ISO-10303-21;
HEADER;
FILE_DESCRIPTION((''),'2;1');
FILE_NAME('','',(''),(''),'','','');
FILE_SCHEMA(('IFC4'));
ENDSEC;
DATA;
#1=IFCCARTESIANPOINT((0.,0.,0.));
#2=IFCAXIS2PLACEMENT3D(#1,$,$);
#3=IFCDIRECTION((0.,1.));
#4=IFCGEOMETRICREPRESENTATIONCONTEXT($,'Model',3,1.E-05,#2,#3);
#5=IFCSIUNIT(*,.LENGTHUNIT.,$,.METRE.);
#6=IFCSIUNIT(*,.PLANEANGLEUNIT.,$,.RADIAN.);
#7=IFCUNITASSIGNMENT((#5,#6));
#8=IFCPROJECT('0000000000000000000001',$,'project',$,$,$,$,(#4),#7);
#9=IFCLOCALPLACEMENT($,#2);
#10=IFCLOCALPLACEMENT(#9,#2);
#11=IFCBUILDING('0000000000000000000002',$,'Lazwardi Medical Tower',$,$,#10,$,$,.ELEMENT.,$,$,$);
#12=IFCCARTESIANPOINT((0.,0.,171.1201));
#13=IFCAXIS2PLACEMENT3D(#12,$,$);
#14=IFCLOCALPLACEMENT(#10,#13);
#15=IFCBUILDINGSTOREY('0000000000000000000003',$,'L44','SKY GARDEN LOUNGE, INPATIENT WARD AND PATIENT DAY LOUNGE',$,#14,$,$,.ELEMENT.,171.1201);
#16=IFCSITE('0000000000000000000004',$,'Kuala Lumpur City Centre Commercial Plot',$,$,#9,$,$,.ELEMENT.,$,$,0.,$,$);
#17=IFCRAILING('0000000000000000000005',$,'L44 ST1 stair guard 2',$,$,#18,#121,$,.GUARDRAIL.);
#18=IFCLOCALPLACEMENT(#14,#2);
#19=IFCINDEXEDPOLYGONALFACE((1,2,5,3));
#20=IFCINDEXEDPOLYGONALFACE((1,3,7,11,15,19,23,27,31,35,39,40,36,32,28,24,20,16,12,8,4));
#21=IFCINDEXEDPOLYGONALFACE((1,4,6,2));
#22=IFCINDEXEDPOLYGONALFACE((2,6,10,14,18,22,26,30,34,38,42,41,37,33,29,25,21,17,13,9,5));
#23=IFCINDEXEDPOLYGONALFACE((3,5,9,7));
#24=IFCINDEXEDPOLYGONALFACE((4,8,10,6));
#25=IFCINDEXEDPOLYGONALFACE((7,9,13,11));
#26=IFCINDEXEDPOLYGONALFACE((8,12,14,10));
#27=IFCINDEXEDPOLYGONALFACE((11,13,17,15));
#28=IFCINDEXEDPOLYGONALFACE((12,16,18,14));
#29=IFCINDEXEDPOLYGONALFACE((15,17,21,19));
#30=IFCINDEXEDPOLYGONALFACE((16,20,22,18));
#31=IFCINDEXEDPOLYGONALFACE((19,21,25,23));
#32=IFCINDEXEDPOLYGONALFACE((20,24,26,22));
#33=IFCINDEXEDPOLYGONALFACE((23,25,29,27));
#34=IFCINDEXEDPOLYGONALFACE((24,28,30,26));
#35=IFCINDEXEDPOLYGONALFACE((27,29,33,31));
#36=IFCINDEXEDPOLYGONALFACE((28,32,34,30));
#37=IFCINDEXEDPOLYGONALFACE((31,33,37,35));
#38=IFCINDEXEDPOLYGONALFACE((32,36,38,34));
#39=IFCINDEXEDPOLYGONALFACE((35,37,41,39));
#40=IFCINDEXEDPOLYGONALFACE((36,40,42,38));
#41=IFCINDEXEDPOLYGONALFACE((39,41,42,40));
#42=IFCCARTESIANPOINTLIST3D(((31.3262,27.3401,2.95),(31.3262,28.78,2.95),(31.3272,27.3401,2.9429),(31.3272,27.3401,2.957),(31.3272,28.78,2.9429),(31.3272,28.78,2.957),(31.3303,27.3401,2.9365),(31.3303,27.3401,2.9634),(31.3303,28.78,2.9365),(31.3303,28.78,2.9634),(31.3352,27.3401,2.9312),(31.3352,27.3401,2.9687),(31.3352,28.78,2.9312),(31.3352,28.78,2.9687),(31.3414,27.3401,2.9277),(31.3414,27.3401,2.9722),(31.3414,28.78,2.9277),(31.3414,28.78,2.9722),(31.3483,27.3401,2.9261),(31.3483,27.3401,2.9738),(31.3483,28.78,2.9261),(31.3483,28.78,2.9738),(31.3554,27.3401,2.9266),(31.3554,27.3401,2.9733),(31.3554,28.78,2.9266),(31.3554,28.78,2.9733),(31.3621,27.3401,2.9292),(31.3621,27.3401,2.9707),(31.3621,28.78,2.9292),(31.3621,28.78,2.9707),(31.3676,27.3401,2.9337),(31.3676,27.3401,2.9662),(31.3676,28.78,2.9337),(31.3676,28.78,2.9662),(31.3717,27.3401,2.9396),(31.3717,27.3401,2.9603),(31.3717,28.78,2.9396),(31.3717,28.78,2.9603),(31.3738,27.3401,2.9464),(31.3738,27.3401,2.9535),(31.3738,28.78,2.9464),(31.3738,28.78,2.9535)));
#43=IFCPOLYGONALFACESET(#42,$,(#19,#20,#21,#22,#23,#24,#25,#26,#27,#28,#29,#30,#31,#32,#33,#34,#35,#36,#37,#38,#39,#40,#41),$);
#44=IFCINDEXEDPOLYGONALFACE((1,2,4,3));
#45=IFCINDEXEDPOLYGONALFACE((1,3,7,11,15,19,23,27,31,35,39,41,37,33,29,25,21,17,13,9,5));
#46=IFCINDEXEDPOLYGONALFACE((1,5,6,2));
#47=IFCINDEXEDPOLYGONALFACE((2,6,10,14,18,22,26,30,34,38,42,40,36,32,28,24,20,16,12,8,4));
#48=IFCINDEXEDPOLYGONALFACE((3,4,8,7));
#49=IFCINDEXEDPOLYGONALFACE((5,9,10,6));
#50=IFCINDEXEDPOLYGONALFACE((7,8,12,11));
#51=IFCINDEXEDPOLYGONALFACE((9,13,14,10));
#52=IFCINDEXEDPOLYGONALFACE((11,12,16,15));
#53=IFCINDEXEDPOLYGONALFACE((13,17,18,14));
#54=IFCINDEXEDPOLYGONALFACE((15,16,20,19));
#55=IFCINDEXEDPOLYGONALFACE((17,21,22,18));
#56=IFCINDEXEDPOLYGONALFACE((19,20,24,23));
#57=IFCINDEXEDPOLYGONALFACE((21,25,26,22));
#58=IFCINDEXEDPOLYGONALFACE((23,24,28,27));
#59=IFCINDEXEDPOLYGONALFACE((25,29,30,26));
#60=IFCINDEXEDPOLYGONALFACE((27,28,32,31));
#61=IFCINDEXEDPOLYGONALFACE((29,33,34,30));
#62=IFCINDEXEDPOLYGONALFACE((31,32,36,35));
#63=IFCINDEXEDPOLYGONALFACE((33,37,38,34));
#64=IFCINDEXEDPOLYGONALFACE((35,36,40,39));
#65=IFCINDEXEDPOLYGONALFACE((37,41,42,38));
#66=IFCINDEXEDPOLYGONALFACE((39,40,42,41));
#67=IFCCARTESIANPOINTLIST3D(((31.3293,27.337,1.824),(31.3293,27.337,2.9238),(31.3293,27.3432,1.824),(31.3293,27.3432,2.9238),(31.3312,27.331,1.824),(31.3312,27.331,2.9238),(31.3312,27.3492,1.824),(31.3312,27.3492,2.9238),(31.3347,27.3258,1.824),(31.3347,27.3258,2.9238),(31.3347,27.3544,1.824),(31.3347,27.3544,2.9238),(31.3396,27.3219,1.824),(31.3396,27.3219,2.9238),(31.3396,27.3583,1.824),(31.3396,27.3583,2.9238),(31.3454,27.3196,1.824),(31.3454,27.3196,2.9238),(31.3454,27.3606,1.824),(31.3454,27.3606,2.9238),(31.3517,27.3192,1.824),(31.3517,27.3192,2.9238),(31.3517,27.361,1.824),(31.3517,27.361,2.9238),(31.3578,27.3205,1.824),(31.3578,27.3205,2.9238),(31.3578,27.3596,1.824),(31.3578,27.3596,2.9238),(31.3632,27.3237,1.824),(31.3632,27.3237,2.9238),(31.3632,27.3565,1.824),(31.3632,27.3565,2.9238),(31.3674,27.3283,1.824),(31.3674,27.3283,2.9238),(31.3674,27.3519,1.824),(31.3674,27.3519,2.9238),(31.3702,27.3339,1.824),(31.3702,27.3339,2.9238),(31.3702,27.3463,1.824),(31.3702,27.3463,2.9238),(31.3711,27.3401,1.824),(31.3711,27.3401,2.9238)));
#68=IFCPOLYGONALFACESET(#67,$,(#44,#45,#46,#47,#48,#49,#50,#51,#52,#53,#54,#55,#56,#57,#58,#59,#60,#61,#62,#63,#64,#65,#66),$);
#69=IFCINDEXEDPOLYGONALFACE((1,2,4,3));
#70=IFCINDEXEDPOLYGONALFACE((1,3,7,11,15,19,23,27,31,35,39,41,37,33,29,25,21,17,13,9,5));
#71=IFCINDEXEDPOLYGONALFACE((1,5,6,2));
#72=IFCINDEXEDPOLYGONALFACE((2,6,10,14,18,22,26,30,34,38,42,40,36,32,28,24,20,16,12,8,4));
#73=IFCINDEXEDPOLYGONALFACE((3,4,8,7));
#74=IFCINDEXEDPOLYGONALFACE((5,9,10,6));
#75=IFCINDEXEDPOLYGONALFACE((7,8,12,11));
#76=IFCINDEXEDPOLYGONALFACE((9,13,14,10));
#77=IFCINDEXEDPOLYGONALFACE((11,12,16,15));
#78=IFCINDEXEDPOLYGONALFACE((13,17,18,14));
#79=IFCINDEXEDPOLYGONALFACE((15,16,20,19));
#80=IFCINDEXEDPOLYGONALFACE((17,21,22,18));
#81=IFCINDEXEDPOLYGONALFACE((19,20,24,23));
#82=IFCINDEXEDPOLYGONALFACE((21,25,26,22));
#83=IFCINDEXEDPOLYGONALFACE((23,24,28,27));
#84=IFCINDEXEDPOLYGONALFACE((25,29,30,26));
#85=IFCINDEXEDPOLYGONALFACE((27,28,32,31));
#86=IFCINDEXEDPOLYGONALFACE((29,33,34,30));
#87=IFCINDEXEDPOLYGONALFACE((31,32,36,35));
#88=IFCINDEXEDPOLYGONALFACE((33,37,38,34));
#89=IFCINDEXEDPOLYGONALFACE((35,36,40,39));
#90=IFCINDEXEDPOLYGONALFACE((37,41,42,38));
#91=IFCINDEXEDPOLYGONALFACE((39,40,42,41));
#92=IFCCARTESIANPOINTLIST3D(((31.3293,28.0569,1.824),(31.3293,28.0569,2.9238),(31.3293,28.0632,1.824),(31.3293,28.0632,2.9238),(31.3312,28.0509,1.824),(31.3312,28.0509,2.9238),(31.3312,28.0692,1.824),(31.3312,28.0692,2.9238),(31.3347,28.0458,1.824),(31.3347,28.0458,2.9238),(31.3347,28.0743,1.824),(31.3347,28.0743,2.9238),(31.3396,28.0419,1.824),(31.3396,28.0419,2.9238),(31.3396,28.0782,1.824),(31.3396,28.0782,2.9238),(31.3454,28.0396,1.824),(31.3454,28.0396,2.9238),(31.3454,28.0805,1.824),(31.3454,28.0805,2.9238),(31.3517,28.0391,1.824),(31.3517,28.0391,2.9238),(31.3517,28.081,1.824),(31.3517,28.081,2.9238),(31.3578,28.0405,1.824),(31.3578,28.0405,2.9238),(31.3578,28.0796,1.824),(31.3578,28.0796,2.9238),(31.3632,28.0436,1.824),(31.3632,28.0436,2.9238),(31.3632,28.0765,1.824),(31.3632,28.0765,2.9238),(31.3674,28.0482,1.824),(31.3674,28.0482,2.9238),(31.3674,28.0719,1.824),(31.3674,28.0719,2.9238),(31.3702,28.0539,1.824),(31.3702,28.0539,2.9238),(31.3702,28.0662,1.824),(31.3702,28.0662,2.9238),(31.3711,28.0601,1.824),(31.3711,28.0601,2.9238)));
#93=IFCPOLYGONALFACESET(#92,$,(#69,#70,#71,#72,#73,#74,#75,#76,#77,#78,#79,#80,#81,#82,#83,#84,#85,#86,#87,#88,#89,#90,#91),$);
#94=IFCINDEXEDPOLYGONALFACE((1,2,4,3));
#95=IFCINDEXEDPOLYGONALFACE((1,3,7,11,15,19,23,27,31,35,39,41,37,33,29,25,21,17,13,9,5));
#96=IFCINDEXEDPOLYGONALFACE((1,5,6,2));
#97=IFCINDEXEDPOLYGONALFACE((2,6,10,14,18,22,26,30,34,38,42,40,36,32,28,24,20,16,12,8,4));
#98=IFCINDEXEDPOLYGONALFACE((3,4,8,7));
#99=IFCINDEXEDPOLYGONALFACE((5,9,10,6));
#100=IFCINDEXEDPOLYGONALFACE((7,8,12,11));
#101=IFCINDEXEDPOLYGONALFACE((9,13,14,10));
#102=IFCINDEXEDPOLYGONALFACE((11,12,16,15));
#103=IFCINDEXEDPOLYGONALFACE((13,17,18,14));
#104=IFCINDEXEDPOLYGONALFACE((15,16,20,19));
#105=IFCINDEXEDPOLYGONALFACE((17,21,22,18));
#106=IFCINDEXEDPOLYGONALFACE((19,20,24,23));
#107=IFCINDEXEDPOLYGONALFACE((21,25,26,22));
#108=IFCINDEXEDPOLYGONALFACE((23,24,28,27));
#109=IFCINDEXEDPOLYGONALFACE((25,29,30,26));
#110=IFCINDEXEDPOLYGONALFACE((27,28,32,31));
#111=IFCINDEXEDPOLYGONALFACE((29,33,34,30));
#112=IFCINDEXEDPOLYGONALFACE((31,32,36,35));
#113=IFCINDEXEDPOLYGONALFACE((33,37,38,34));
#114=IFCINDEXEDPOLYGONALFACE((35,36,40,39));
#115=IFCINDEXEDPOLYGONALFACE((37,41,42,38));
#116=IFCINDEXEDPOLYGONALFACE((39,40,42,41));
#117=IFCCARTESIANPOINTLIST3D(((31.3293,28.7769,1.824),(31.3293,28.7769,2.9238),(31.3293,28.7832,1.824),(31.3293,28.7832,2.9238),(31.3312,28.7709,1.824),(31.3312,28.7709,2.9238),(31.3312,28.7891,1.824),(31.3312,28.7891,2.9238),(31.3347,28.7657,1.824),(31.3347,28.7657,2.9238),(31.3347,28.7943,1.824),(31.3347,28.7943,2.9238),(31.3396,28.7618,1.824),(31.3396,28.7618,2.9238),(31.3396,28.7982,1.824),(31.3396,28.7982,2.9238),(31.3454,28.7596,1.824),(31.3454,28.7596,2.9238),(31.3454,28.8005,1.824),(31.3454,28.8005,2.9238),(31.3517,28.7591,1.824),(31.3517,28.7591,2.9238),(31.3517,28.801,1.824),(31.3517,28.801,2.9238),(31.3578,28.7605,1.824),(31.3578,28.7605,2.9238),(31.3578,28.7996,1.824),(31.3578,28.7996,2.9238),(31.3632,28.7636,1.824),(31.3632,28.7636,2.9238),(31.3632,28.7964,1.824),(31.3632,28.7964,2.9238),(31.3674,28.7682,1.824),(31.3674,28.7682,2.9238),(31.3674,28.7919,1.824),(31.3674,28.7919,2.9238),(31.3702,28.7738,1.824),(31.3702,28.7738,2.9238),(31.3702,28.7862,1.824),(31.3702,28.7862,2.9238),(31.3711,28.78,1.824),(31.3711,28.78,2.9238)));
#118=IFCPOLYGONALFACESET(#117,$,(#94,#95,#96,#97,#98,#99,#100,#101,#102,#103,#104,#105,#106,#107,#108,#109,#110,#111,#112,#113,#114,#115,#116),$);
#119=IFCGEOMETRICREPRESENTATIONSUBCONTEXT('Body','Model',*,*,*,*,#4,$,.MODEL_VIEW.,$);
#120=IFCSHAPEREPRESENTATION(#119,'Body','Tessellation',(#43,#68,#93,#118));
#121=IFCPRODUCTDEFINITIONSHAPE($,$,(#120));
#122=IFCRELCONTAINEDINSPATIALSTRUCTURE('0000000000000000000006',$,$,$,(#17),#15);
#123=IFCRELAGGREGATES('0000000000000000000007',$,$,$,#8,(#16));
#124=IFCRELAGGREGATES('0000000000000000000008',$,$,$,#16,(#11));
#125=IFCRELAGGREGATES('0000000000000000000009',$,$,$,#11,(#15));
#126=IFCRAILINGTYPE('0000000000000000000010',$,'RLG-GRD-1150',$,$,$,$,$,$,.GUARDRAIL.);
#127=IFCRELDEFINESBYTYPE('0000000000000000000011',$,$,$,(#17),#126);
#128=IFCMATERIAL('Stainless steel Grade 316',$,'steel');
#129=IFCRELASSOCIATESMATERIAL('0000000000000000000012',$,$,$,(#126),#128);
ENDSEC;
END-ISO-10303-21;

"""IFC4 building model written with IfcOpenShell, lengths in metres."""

from ifc_helpers import new_model, si_unit, direction, frame, origin, origin_2d, place, context, subcontext, project, spatial, circle, extrude, material, type_object, element, save


model = new_model("IFC4")

# Units and contexts
model_context = context("Model", 3, precision=1e-05, world=origin(), true_north=direction((0.0, 1.0)))
body_context = subcontext(model_context, "Body", "Model", "MODEL_VIEW")
ifc_project = project(units=[si_unit("LENGTHUNIT", "METRE"), si_unit("PLANEANGLEUNIT", "RADIAN")], contexts=[model_context])

# Site, building, storey
site_placement = place(None, origin())
site = spatial("IfcSite", under=ifc_project, at=site_placement, Name="Kuala Lumpur City Centre Commercial Plot", CompositionType="ELEMENT", RefElevation=0.0)
building_placement = place(site_placement, origin())
building = spatial("IfcBuilding", under=site, at=building_placement, Name="Lazwardi Medical Tower", CompositionType="ELEMENT")
storey_placement = place(building_placement, frame((0.0, 0.0, 171.1201)))
storey = spatial("IfcBuildingStorey", under=building, at=storey_placement, Name="L44", Description="SKY GARDEN LOUNGE, INPATIENT WARD AND PATIENT DAY LOUNGE", CompositionType="ELEMENT", Elevation=171.1201)

# Railing
ifc_material_1 = material(Name="Stainless steel Grade 316", Category="steel")
railing_type_1 = type_object("IfcRailingType", Name="RLG-GRD-1150", PredefinedType="GUARDRAIL", material=ifc_material_1)
railing_1_placement = place(storey_placement, frame((31.3501, 27.3401, 1.824)))
element("IfcRailing", 1, at=railing_1_placement, inside=storey, type_object=railing_type_1, Name="L44 ST1 stair guard 2", PredefinedType="GUARDRAIL", context=body_context, shape_type="SweptSolid", body=[
    extrude(circle(Radius=0.0239, at=origin_2d()), frame((0.0, 0.0, 1.126), z_axis=(0.0, 1.0, 0.0), x_axis=(-1.0, 0.0, 0.0)), (0.0, 0.0, 1.0), 1.4399),
    extrude(circle(Radius=0.021, at=origin_2d()), origin(), (0.0, 0.0, 1.0), 1.0999),
    extrude(circle(Radius=0.021, at=origin_2d()), frame((0.0, 0.72, 0.0)), (0.0, 0.0, 1.0), 1.0999),
    extrude(circle(Radius=0.021, at=origin_2d()), frame((0.0, 1.4399, 0.0)), (0.0, 0.0, 1.0), 1.0999),
])

save(model, "model.ifc")
